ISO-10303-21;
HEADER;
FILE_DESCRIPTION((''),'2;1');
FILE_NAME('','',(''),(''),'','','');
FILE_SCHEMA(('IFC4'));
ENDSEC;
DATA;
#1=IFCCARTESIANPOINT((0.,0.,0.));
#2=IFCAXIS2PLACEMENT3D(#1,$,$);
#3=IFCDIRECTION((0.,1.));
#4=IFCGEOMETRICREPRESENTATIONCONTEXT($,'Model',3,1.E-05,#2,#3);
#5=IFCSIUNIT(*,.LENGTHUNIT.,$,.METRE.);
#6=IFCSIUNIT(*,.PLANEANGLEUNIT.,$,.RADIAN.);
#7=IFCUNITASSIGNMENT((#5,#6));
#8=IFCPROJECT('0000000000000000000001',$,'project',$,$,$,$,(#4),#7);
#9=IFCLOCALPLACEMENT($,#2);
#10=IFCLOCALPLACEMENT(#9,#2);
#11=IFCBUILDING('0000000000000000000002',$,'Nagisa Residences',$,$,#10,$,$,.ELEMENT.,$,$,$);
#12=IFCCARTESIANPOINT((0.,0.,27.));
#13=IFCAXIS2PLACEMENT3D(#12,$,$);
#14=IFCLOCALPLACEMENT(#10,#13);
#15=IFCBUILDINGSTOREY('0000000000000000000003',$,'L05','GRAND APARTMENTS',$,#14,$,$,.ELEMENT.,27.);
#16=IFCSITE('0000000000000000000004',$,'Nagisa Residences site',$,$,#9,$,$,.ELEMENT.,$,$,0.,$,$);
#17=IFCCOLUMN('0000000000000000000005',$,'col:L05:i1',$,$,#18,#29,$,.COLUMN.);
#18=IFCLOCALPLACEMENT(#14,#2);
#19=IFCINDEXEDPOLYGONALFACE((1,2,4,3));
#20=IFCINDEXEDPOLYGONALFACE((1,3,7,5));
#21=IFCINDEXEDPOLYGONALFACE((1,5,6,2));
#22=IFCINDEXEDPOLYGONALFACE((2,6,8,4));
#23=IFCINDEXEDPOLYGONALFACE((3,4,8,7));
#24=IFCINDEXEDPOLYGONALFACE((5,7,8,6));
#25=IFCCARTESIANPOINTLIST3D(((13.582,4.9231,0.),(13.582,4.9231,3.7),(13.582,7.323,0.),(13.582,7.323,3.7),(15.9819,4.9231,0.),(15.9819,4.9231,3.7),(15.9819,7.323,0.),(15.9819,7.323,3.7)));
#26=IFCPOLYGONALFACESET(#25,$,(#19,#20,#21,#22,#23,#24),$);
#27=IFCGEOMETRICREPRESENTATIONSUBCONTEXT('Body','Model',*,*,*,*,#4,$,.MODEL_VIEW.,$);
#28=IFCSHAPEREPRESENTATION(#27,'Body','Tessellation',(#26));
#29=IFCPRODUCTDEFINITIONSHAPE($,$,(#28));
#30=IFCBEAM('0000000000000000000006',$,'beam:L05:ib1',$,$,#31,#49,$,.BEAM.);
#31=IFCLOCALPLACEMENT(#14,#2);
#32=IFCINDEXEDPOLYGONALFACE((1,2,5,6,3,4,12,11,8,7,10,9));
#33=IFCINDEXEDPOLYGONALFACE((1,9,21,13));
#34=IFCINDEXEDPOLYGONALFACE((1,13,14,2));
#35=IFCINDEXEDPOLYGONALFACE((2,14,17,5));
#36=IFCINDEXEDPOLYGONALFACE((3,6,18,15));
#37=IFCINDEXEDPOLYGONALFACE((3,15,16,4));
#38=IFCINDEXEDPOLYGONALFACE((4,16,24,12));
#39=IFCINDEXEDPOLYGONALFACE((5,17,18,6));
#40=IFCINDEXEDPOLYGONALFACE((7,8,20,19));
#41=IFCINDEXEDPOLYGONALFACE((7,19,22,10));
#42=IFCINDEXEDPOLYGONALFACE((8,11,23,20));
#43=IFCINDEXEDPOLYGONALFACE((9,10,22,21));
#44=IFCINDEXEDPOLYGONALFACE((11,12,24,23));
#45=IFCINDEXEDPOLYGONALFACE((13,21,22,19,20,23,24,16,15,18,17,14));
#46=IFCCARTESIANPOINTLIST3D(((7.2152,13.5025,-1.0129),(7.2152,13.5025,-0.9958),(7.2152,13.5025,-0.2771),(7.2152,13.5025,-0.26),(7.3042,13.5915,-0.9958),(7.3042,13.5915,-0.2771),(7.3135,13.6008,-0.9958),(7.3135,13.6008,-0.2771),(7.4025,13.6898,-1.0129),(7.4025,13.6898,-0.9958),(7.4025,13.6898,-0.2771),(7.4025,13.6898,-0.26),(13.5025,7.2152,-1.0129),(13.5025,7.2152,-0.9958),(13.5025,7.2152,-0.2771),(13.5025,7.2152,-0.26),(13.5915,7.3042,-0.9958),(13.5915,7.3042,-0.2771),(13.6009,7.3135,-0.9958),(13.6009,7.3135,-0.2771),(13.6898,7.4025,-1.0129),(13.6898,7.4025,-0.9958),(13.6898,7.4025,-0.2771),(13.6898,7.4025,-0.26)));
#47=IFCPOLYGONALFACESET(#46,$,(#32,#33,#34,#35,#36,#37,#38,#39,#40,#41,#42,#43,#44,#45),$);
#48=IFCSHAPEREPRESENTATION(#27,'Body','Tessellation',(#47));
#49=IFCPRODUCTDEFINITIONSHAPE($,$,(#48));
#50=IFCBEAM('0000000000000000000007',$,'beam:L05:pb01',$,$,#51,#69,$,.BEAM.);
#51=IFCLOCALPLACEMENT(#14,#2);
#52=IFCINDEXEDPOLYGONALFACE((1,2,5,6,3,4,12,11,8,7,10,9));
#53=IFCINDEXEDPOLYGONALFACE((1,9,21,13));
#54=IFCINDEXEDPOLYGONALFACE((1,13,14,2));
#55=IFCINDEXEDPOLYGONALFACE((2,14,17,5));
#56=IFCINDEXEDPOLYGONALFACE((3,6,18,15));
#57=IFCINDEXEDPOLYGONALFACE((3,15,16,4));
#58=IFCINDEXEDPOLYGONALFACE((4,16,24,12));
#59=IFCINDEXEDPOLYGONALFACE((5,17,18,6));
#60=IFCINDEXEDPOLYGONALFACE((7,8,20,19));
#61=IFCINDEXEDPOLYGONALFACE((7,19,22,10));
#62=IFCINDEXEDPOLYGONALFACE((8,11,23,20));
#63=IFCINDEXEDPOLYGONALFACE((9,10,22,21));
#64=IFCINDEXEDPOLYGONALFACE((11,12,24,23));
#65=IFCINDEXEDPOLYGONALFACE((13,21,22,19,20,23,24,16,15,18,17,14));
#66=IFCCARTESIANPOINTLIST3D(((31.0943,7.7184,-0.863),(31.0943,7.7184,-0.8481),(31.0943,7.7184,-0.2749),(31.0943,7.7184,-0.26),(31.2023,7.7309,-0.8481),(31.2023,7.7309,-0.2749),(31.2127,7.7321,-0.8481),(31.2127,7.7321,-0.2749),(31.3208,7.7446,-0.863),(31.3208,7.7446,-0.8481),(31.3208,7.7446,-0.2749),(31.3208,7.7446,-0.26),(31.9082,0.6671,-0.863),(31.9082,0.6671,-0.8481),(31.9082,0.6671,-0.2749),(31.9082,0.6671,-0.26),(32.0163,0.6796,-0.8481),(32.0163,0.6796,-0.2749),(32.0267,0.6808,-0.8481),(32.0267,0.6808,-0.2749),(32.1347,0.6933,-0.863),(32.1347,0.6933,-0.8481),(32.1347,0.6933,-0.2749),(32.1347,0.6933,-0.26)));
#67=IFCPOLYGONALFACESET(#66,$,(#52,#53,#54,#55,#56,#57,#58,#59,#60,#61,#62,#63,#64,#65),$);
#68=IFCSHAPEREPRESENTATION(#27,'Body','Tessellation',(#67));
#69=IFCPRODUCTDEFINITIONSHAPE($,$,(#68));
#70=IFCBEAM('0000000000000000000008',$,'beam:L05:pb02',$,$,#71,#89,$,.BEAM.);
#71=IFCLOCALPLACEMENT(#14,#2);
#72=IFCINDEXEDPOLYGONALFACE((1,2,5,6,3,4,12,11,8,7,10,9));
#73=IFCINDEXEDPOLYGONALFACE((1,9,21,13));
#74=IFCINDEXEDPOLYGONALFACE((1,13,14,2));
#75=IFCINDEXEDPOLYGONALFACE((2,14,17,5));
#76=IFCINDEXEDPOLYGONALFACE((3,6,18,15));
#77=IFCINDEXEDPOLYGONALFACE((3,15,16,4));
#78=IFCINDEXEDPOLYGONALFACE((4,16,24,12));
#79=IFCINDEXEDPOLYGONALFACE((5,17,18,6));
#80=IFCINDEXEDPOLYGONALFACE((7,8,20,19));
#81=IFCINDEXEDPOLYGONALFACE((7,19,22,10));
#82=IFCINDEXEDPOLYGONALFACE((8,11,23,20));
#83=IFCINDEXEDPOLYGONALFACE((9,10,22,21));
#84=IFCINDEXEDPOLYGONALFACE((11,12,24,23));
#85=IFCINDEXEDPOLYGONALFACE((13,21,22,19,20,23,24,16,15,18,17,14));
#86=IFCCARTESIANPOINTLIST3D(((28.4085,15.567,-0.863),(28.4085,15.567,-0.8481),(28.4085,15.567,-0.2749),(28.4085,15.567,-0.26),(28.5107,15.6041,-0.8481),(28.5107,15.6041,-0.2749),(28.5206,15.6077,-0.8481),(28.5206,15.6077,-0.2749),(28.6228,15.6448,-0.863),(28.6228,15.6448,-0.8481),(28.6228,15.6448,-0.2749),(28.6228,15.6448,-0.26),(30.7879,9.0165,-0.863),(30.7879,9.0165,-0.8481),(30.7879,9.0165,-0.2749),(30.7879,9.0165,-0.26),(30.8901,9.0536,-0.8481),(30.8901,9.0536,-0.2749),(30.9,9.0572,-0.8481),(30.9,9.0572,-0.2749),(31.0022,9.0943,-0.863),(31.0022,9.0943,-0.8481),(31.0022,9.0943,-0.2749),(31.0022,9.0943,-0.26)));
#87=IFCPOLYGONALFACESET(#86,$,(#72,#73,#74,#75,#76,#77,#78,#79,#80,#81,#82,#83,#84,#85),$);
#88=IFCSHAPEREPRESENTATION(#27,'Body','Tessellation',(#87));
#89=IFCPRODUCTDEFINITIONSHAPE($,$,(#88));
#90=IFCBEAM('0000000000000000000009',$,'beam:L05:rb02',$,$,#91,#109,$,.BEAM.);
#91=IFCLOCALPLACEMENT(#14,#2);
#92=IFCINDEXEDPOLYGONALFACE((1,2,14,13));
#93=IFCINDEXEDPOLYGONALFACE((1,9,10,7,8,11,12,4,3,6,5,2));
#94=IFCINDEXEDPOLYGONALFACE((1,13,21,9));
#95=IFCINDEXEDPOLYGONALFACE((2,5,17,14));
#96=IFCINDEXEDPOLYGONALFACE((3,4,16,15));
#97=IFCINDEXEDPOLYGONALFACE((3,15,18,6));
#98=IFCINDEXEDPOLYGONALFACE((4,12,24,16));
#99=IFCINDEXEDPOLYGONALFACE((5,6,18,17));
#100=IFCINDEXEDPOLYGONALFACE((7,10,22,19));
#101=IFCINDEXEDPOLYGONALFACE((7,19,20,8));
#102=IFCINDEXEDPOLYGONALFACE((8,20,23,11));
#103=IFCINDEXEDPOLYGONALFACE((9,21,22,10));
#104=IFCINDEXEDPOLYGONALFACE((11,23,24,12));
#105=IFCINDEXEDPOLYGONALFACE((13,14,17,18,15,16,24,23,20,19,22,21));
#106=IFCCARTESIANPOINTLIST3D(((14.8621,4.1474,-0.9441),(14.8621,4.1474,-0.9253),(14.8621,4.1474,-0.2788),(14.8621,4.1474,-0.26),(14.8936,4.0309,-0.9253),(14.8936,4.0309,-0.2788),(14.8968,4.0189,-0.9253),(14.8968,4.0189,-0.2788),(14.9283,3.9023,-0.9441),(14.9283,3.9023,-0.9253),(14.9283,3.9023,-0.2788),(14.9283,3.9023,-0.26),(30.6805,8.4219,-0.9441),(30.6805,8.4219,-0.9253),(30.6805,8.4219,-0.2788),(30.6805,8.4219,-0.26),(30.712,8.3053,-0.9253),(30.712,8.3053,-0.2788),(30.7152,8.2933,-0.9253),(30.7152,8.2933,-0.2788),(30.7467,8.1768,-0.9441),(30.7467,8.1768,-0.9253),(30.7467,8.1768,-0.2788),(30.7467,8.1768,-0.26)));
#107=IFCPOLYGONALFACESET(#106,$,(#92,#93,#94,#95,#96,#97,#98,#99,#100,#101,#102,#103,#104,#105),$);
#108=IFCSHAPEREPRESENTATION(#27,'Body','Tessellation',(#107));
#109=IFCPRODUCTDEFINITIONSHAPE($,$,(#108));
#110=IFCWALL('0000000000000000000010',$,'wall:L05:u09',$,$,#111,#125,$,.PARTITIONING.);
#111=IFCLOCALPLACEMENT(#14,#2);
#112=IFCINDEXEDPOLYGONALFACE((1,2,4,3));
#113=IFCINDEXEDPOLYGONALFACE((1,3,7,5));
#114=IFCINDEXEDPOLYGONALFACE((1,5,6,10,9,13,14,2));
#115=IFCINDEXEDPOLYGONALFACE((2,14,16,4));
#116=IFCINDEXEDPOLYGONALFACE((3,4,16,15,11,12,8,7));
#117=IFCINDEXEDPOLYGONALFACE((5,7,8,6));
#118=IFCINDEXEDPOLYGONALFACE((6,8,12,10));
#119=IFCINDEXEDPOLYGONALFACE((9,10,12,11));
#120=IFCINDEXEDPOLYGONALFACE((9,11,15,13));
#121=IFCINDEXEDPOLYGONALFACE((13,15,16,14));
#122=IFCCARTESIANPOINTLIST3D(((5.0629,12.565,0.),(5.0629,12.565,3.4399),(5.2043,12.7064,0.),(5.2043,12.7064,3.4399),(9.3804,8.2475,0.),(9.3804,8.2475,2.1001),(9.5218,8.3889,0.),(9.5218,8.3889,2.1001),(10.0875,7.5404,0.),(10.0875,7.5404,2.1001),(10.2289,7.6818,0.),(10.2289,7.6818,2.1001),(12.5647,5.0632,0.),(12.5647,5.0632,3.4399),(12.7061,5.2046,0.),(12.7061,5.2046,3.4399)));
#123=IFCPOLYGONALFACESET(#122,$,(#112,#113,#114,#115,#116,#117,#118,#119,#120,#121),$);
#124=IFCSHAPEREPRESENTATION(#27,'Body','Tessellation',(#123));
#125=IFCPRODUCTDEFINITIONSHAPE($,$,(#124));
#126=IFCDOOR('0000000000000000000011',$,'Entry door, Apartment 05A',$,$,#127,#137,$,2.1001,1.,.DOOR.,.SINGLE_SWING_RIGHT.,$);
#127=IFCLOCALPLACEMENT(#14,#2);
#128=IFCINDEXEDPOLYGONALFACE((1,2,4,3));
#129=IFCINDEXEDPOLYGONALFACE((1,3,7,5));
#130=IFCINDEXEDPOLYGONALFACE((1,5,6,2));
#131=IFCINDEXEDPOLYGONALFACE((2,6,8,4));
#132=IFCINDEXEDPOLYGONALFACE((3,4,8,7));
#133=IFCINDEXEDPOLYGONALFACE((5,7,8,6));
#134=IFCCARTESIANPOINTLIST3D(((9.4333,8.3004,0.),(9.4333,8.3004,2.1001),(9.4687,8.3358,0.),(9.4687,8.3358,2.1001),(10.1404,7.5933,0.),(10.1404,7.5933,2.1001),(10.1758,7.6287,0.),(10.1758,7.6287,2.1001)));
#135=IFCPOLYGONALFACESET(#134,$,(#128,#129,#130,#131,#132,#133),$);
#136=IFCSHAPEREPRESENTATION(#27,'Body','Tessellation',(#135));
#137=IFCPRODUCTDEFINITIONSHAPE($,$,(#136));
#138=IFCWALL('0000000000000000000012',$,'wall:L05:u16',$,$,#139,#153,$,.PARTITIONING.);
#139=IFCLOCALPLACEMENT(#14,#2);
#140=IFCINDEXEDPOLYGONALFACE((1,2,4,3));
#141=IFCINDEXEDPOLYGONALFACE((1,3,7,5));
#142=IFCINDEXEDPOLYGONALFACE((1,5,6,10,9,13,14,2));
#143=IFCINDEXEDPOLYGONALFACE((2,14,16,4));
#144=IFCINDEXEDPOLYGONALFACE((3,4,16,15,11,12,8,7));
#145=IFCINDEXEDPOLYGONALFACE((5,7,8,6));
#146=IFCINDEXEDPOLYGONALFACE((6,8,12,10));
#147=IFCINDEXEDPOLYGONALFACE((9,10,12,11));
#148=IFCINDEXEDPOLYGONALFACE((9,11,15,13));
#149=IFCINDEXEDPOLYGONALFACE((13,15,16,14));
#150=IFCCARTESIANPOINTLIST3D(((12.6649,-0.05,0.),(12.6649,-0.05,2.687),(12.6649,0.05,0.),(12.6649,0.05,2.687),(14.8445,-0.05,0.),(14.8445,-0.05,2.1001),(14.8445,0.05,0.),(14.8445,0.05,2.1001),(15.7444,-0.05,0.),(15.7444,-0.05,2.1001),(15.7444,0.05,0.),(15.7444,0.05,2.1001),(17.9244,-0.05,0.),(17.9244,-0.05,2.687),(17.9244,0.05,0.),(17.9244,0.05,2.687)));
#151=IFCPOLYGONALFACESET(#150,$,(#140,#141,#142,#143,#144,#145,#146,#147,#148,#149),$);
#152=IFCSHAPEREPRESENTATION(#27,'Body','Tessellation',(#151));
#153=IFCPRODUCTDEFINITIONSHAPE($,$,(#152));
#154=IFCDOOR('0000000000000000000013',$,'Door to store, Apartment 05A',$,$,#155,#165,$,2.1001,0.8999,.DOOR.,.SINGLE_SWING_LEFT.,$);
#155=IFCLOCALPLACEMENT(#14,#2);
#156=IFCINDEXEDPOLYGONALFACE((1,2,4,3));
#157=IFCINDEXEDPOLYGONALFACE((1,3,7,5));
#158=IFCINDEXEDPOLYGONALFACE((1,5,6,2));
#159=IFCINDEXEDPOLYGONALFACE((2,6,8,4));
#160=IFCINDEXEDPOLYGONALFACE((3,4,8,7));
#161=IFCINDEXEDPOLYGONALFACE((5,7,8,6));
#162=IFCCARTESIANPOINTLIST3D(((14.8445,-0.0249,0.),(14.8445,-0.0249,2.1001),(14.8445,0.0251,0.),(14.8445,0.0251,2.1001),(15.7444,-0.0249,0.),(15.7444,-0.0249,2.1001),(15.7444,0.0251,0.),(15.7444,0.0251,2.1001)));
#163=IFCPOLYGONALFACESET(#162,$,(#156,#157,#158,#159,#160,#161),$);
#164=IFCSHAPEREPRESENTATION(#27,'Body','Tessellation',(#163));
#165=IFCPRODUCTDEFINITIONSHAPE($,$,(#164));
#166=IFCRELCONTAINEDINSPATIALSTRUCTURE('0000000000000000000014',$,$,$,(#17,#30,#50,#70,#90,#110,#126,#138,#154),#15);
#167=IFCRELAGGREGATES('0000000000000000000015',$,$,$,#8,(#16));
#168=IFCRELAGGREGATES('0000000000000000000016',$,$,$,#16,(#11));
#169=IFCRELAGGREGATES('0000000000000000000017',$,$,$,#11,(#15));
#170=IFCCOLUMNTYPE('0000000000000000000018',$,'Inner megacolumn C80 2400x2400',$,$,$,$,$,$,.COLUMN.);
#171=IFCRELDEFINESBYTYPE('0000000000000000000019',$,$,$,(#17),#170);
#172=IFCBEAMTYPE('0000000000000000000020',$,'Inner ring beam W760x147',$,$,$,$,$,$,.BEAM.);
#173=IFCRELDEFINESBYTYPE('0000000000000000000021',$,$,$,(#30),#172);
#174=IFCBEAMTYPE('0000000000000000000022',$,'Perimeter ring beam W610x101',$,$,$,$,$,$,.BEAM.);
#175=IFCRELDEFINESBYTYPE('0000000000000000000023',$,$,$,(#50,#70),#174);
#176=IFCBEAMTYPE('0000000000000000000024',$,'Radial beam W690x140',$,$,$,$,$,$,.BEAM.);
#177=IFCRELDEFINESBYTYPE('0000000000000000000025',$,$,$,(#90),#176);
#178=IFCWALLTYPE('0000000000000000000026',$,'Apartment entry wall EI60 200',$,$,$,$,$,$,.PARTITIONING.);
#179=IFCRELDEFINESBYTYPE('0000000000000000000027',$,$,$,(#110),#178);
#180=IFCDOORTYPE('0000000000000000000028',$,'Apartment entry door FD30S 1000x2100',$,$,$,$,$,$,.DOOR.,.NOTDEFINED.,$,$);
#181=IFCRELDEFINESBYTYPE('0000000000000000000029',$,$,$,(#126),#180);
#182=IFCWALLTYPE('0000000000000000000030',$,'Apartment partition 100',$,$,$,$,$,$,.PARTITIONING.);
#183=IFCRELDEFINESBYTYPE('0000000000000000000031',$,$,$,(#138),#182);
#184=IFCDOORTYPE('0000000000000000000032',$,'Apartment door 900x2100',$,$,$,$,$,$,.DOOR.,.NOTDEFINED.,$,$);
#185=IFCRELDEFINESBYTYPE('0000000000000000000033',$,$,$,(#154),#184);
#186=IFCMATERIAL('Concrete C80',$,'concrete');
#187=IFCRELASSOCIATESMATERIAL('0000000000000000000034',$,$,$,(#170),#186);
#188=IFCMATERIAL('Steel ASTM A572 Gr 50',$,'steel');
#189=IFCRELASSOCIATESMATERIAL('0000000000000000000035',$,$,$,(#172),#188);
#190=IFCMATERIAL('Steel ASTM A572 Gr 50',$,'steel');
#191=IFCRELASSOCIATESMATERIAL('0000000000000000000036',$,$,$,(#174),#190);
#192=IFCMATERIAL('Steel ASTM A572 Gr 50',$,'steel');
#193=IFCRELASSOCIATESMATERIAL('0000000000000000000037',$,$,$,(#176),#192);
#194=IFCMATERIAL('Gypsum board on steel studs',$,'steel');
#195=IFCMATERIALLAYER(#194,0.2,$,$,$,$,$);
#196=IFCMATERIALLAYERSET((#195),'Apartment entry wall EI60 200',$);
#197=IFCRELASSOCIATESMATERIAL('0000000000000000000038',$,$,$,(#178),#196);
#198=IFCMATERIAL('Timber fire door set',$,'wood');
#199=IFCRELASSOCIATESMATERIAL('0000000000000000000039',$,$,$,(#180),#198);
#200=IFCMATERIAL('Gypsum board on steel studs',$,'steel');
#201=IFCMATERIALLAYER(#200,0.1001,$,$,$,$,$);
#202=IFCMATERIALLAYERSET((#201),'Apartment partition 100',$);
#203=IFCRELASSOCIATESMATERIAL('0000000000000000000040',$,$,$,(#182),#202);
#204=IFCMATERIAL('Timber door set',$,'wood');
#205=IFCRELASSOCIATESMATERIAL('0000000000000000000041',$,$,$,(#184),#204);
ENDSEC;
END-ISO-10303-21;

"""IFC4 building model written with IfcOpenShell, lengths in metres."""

from ifc_helpers import new_model, si_unit, direction, frame, frame_2d, origin, origin_2d, place, context, subcontext, project, spatial, rectangle, i_section, extrude, material, layer, layer_set, material_profile, profile_set, type_object, element, fill, save


model = new_model("IFC4")

# Units and contexts
model_context = context("Model", 3, precision=1e-05, world=origin(), true_north=direction((0.0, 1.0)))
body_context = subcontext(model_context, "Body", "Model", "MODEL_VIEW")
ifc_project = project(units=[si_unit("LENGTHUNIT", "METRE"), si_unit("PLANEANGLEUNIT", "RADIAN")], contexts=[model_context])

# Site, building, storey
site_placement = place(None, origin())
site = spatial("IfcSite", under=ifc_project, at=site_placement, Name="Nagisa Residences site", CompositionType="ELEMENT", RefElevation=0.0)
building_placement = place(site_placement, origin())
building = spatial("IfcBuilding", under=site, at=building_placement, Name="Nagisa Residences", CompositionType="ELEMENT")
storey_placement = place(building_placement, frame((0.0, 0.0, 27.0)))
storey = spatial("IfcBuildingStorey", under=building, at=storey_placement, Name="L05", Description="GRAND APARTMENTS", CompositionType="ELEMENT", Elevation=27.0)

# Column
ifc_material_1 = material(Name="Concrete C80", Category="concrete")
ifc_material_profile_1 = material_profile(ifc_material_1, rectangle(XDim=2.3999, YDim=2.3999, at=origin_2d()), Name="C80 2400x2400")
ifc_profile_set_1 = profile_set([ifc_material_profile_1], Name="Concrete C80")
column_type = type_object("IfcColumnType", Name="Inner megacolumn C80 2400x2400", PredefinedType="COLUMN", material=ifc_profile_set_1)
column_placement = place(storey_placement, frame((14.782, 6.123, 0.0), z_axis=(0.0, 0.0, 1.0), x_axis=(1.0, 0.0, 0.0)))
element("IfcColumn", 1, at=column_placement, inside=storey, type_object=column_type, Name="col:L05:i1", PredefinedType="COLUMN", context=body_context, shape_type="SweptSolid", body=[
    extrude(rectangle(XDim=2.3999, YDim=2.3999, at=origin_2d()), origin(), (0.0, 0.0, 1.0), 3.7),
])

# Beams
ifc_material_2 = material(Name="Steel ASTM A572 Gr 50", Category="steel")
ifc_material_profile_2 = material_profile(ifc_material_2, i_section(OverallWidth=0.2649, OverallDepth=0.7529, WebThickness=0.0132, FlangeThickness=0.0171, at=origin_2d()), Name="W760x147")
ifc_profile_set_2 = profile_set([ifc_material_profile_2], Name="Steel ASTM A572 Gr 50")
beam_type_1 = type_object("IfcBeamType", Name="Inner ring beam W760x147", PredefinedType="BEAM", material=ifc_profile_set_2)
beam_1_placement = place(storey_placement, frame((13.5962, 7.3088, -0.6365), z_axis=(-0.707107, 0.707107, 0.0), x_axis=(-0.707107, -0.707107, 0.0)))
element("IfcBeam", 2, at=beam_1_placement, inside=storey, type_object=beam_type_1, Name="beam:L05:ib1", PredefinedType="BEAM", context=body_context, shape_type="SweptSolid", body=[
    extrude(i_section(OverallWidth=0.2649, OverallDepth=0.7529, WebThickness=0.0132, FlangeThickness=0.0171, at=origin_2d()), origin(), (0.0, 0.0, 1.0), 8.8916),
])
ifc_material_3 = material(Name="Steel ASTM A572 Gr 50", Category="steel")
ifc_material_profile_3 = material_profile(ifc_material_3, i_section(OverallWidth=0.228, OverallDepth=0.603, WebThickness=0.0105, FlangeThickness=0.0149, at=origin_2d()), Name="W610x101")
ifc_profile_set_3 = profile_set([ifc_material_profile_3], Name="Steel ASTM A572 Gr 50")
beam_type_2 = type_object("IfcBeamType", Name="Perimeter ring beam W610x101", PredefinedType="BEAM", material=ifc_profile_set_3)
beam_2_placement = place(storey_placement, frame((32.0215, 0.6802, -0.5615), z_axis=(-0.114674, 0.993403, 0.0), x_axis=(-0.993403, -0.114674, 0.0)))
element("IfcBeam", 3, at=beam_2_placement, inside=storey, type_object=beam_type_2, Name="beam:L05:pb01", PredefinedType="BEAM", context=body_context, shape_type="SweptSolid", body=[
    extrude(i_section(OverallWidth=0.228, OverallDepth=0.603, WebThickness=0.0105, FlangeThickness=0.0149, at=origin_2d()), origin(), (0.0, 0.0, 1.0), 7.0981),
])
beam_3_placement = place(storey_placement, frame((30.895, 9.0554, -0.5615), z_axis=(-0.341411, 0.939914, 0.0), x_axis=(-0.939914, -0.341411, 0.0)))
element("IfcBeam", 4, at=beam_3_placement, inside=storey, type_object=beam_type_2, Name="beam:L05:pb02", PredefinedType="BEAM", context=body_context, shape_type="SweptSolid", body=[
    extrude(i_section(OverallWidth=0.228, OverallDepth=0.603, WebThickness=0.0105, FlangeThickness=0.0149, at=origin_2d()), origin(), (0.0, 0.0, 1.0), 6.9692),
])
ifc_material_4 = material(Name="Steel ASTM A572 Gr 50", Category="steel")
ifc_material_profile_4 = material_profile(ifc_material_4, i_section(OverallWidth=0.2539, OverallDepth=0.6841, WebThickness=0.0125, FlangeThickness=0.0188, at=origin_2d()), Name="W690x140")
ifc_profile_set_4 = profile_set([ifc_material_profile_4], Name="Steel ASTM A572 Gr 50")
beam_type_3 = type_object("IfcBeamType", Name="Radial beam W690x140", PredefinedType="BEAM", material=ifc_profile_set_4)
beam_4_placement = place(storey_placement, frame((30.7136, 8.2993, -0.6021), z_axis=(-0.965376, -0.260862, 0.0), x_axis=(0.260862, -0.965376, 0.0)))
element("IfcBeam", 5, at=beam_4_placement, inside=storey, type_object=beam_type_3, Name="beam:L05:rb02", PredefinedType="BEAM", context=body_context, shape_type="SweptSolid", body=[
    extrude(i_section(OverallWidth=0.2539, OverallDepth=0.6841, WebThickness=0.0125, FlangeThickness=0.0188, at=origin_2d()), origin(), (0.0, 0.0, 1.0), 16.3857),
])

# Walls, openings, doors
ifc_material_5 = material(Name="Gypsum board on steel studs", Category="steel")
ifc_layer_1 = layer(ifc_material_5, 0.2)
ifc_layer_set_1 = layer_set([ifc_layer_1], Name="Apartment entry wall EI60 200")
wall_type_1 = type_object("IfcWallType", Name="Apartment entry wall EI60 200", PredefinedType="PARTITIONING", material=ifc_layer_set_1)
wall_1_placement = place(storey_placement, frame((12.6355, 5.1338, 0.0), z_axis=(0.0, 0.0, 1.0), x_axis=(-0.707107, 0.707107, 0.0)))
wall_1 = element("IfcWall", 6, at=wall_1_placement, inside=storey, type_object=wall_type_1, Name="wall:L05:u09", PredefinedType="PARTITIONING", context=body_context, shape_type="SweptSolid", body=[
    extrude(rectangle(XDim=10.6091, YDim=0.2, at=frame_2d((5.3047, 0.0))), origin(), (0.0, 0.0, 1.0), 3.4399),
])
opening_1_placement = place(wall_1_placement, frame((3.5034, 0.0, 0.0)))
opening_1 = element("IfcOpeningElement", 7, at=opening_1_placement, cuts=wall_1, PredefinedType="OPENING", context=body_context, shape_type="SweptSolid", body=[
    extrude(rectangle(XDim=1.0, YDim=2.1001, at=frame_2d((0.5, 1.05))), frame((0.0, 0.1099, 0.0), z_axis=(0.0, -1.0, 0.0), x_axis=(1.0, 0.0, 0.0)), (0.0, 0.0, 1.0), 0.22),
])
ifc_material_6 = material(Name="Timber fire door set", Category="wood")
door_type_1 = type_object("IfcDoorType", Name="Apartment entry door FD30S 1000x2100", OperationType="NOTDEFINED", PredefinedType="DOOR", material=ifc_material_6)
door_1_placement = place(opening_1_placement, frame((1.0, 0.0, 0.0), x_axis=(-1.0, 0.0, 0.0)))
door_1 = element("IfcDoor", 8, at=door_1_placement, inside=storey, type_object=door_type_1, Name="Entry door, Apartment 05A", OperationType="SINGLE_SWING_RIGHT", OverallHeight=2.1001, OverallWidth=1.0, PredefinedType="DOOR", context=body_context, shape_type="SweptSolid", body=[
    extrude(rectangle(XDim=1.0, YDim=2.1001, at=frame_2d((0.5, 1.05))), frame((0.0, 0.0249, 0.0), z_axis=(0.0, -1.0, 0.0), x_axis=(1.0, 0.0, 0.0)), (0.0, 0.0, 1.0), 0.05),
])
fill(opening_1, door_1)
ifc_material_7 = material(Name="Gypsum board on steel studs", Category="steel")
ifc_layer_2 = layer(ifc_material_7, 0.1001)
ifc_layer_set_2 = layer_set([ifc_layer_2], Name="Apartment partition 100")
wall_type_2 = type_object("IfcWallType", Name="Apartment partition 100", PredefinedType="PARTITIONING", material=ifc_layer_set_2)
wall_2_placement = place(storey_placement, frame((12.6648, 0.0, 0.0), z_axis=(0.0, 0.0, 1.0), x_axis=(1.0, 0.0, 0.0)))
wall_2 = element("IfcWall", 9, at=wall_2_placement, inside=storey, type_object=wall_type_2, Name="wall:L05:u16", PredefinedType="PARTITIONING", context=body_context, shape_type="SweptSolid", body=[
    extrude(rectangle(XDim=5.2595, YDim=0.1001, at=frame_2d((2.6299, 0.0))), origin(), (0.0, 0.0, 1.0), 2.687),
])
opening_2_placement = place(wall_2_placement, frame((2.1797, 0.0, 0.0)))
opening_2 = element("IfcOpeningElement", 10, at=opening_2_placement, cuts=wall_2, PredefinedType="OPENING", context=body_context, shape_type="SweptSolid", body=[
    extrude(rectangle(XDim=0.8999, YDim=2.1001, at=frame_2d((0.45, 1.05))), frame((0.0, 0.0601, 0.0), z_axis=(0.0, -1.0, 0.0), x_axis=(1.0, 0.0, 0.0)), (0.0, 0.0, 1.0), 0.1201),
])
ifc_material_8 = material(Name="Timber door set", Category="wood")
door_type_2 = type_object("IfcDoorType", Name="Apartment door 900x2100", OperationType="NOTDEFINED", PredefinedType="DOOR", material=ifc_material_8)
door_2_placement = place(opening_2_placement, frame((0.8999, 0.0, 0.0), x_axis=(-1.0, 0.0, 0.0)))
door_2 = element("IfcDoor", 11, at=door_2_placement, inside=storey, type_object=door_type_2, Name="Door to store, Apartment 05A", OperationType="SINGLE_SWING_LEFT", OverallHeight=2.1001, OverallWidth=0.8999, PredefinedType="DOOR", context=body_context, shape_type="SweptSolid", body=[
    extrude(rectangle(XDim=0.8999, YDim=2.1001, at=frame_2d((0.45, 1.05))), frame((0.0, 0.0249, 0.0), z_axis=(0.0, -1.0, 0.0), x_axis=(1.0, 0.0, 0.0)), (0.0, 0.0, 1.0), 0.05),
])
fill(opening_2, door_2)

save(model, "model.ifc")
